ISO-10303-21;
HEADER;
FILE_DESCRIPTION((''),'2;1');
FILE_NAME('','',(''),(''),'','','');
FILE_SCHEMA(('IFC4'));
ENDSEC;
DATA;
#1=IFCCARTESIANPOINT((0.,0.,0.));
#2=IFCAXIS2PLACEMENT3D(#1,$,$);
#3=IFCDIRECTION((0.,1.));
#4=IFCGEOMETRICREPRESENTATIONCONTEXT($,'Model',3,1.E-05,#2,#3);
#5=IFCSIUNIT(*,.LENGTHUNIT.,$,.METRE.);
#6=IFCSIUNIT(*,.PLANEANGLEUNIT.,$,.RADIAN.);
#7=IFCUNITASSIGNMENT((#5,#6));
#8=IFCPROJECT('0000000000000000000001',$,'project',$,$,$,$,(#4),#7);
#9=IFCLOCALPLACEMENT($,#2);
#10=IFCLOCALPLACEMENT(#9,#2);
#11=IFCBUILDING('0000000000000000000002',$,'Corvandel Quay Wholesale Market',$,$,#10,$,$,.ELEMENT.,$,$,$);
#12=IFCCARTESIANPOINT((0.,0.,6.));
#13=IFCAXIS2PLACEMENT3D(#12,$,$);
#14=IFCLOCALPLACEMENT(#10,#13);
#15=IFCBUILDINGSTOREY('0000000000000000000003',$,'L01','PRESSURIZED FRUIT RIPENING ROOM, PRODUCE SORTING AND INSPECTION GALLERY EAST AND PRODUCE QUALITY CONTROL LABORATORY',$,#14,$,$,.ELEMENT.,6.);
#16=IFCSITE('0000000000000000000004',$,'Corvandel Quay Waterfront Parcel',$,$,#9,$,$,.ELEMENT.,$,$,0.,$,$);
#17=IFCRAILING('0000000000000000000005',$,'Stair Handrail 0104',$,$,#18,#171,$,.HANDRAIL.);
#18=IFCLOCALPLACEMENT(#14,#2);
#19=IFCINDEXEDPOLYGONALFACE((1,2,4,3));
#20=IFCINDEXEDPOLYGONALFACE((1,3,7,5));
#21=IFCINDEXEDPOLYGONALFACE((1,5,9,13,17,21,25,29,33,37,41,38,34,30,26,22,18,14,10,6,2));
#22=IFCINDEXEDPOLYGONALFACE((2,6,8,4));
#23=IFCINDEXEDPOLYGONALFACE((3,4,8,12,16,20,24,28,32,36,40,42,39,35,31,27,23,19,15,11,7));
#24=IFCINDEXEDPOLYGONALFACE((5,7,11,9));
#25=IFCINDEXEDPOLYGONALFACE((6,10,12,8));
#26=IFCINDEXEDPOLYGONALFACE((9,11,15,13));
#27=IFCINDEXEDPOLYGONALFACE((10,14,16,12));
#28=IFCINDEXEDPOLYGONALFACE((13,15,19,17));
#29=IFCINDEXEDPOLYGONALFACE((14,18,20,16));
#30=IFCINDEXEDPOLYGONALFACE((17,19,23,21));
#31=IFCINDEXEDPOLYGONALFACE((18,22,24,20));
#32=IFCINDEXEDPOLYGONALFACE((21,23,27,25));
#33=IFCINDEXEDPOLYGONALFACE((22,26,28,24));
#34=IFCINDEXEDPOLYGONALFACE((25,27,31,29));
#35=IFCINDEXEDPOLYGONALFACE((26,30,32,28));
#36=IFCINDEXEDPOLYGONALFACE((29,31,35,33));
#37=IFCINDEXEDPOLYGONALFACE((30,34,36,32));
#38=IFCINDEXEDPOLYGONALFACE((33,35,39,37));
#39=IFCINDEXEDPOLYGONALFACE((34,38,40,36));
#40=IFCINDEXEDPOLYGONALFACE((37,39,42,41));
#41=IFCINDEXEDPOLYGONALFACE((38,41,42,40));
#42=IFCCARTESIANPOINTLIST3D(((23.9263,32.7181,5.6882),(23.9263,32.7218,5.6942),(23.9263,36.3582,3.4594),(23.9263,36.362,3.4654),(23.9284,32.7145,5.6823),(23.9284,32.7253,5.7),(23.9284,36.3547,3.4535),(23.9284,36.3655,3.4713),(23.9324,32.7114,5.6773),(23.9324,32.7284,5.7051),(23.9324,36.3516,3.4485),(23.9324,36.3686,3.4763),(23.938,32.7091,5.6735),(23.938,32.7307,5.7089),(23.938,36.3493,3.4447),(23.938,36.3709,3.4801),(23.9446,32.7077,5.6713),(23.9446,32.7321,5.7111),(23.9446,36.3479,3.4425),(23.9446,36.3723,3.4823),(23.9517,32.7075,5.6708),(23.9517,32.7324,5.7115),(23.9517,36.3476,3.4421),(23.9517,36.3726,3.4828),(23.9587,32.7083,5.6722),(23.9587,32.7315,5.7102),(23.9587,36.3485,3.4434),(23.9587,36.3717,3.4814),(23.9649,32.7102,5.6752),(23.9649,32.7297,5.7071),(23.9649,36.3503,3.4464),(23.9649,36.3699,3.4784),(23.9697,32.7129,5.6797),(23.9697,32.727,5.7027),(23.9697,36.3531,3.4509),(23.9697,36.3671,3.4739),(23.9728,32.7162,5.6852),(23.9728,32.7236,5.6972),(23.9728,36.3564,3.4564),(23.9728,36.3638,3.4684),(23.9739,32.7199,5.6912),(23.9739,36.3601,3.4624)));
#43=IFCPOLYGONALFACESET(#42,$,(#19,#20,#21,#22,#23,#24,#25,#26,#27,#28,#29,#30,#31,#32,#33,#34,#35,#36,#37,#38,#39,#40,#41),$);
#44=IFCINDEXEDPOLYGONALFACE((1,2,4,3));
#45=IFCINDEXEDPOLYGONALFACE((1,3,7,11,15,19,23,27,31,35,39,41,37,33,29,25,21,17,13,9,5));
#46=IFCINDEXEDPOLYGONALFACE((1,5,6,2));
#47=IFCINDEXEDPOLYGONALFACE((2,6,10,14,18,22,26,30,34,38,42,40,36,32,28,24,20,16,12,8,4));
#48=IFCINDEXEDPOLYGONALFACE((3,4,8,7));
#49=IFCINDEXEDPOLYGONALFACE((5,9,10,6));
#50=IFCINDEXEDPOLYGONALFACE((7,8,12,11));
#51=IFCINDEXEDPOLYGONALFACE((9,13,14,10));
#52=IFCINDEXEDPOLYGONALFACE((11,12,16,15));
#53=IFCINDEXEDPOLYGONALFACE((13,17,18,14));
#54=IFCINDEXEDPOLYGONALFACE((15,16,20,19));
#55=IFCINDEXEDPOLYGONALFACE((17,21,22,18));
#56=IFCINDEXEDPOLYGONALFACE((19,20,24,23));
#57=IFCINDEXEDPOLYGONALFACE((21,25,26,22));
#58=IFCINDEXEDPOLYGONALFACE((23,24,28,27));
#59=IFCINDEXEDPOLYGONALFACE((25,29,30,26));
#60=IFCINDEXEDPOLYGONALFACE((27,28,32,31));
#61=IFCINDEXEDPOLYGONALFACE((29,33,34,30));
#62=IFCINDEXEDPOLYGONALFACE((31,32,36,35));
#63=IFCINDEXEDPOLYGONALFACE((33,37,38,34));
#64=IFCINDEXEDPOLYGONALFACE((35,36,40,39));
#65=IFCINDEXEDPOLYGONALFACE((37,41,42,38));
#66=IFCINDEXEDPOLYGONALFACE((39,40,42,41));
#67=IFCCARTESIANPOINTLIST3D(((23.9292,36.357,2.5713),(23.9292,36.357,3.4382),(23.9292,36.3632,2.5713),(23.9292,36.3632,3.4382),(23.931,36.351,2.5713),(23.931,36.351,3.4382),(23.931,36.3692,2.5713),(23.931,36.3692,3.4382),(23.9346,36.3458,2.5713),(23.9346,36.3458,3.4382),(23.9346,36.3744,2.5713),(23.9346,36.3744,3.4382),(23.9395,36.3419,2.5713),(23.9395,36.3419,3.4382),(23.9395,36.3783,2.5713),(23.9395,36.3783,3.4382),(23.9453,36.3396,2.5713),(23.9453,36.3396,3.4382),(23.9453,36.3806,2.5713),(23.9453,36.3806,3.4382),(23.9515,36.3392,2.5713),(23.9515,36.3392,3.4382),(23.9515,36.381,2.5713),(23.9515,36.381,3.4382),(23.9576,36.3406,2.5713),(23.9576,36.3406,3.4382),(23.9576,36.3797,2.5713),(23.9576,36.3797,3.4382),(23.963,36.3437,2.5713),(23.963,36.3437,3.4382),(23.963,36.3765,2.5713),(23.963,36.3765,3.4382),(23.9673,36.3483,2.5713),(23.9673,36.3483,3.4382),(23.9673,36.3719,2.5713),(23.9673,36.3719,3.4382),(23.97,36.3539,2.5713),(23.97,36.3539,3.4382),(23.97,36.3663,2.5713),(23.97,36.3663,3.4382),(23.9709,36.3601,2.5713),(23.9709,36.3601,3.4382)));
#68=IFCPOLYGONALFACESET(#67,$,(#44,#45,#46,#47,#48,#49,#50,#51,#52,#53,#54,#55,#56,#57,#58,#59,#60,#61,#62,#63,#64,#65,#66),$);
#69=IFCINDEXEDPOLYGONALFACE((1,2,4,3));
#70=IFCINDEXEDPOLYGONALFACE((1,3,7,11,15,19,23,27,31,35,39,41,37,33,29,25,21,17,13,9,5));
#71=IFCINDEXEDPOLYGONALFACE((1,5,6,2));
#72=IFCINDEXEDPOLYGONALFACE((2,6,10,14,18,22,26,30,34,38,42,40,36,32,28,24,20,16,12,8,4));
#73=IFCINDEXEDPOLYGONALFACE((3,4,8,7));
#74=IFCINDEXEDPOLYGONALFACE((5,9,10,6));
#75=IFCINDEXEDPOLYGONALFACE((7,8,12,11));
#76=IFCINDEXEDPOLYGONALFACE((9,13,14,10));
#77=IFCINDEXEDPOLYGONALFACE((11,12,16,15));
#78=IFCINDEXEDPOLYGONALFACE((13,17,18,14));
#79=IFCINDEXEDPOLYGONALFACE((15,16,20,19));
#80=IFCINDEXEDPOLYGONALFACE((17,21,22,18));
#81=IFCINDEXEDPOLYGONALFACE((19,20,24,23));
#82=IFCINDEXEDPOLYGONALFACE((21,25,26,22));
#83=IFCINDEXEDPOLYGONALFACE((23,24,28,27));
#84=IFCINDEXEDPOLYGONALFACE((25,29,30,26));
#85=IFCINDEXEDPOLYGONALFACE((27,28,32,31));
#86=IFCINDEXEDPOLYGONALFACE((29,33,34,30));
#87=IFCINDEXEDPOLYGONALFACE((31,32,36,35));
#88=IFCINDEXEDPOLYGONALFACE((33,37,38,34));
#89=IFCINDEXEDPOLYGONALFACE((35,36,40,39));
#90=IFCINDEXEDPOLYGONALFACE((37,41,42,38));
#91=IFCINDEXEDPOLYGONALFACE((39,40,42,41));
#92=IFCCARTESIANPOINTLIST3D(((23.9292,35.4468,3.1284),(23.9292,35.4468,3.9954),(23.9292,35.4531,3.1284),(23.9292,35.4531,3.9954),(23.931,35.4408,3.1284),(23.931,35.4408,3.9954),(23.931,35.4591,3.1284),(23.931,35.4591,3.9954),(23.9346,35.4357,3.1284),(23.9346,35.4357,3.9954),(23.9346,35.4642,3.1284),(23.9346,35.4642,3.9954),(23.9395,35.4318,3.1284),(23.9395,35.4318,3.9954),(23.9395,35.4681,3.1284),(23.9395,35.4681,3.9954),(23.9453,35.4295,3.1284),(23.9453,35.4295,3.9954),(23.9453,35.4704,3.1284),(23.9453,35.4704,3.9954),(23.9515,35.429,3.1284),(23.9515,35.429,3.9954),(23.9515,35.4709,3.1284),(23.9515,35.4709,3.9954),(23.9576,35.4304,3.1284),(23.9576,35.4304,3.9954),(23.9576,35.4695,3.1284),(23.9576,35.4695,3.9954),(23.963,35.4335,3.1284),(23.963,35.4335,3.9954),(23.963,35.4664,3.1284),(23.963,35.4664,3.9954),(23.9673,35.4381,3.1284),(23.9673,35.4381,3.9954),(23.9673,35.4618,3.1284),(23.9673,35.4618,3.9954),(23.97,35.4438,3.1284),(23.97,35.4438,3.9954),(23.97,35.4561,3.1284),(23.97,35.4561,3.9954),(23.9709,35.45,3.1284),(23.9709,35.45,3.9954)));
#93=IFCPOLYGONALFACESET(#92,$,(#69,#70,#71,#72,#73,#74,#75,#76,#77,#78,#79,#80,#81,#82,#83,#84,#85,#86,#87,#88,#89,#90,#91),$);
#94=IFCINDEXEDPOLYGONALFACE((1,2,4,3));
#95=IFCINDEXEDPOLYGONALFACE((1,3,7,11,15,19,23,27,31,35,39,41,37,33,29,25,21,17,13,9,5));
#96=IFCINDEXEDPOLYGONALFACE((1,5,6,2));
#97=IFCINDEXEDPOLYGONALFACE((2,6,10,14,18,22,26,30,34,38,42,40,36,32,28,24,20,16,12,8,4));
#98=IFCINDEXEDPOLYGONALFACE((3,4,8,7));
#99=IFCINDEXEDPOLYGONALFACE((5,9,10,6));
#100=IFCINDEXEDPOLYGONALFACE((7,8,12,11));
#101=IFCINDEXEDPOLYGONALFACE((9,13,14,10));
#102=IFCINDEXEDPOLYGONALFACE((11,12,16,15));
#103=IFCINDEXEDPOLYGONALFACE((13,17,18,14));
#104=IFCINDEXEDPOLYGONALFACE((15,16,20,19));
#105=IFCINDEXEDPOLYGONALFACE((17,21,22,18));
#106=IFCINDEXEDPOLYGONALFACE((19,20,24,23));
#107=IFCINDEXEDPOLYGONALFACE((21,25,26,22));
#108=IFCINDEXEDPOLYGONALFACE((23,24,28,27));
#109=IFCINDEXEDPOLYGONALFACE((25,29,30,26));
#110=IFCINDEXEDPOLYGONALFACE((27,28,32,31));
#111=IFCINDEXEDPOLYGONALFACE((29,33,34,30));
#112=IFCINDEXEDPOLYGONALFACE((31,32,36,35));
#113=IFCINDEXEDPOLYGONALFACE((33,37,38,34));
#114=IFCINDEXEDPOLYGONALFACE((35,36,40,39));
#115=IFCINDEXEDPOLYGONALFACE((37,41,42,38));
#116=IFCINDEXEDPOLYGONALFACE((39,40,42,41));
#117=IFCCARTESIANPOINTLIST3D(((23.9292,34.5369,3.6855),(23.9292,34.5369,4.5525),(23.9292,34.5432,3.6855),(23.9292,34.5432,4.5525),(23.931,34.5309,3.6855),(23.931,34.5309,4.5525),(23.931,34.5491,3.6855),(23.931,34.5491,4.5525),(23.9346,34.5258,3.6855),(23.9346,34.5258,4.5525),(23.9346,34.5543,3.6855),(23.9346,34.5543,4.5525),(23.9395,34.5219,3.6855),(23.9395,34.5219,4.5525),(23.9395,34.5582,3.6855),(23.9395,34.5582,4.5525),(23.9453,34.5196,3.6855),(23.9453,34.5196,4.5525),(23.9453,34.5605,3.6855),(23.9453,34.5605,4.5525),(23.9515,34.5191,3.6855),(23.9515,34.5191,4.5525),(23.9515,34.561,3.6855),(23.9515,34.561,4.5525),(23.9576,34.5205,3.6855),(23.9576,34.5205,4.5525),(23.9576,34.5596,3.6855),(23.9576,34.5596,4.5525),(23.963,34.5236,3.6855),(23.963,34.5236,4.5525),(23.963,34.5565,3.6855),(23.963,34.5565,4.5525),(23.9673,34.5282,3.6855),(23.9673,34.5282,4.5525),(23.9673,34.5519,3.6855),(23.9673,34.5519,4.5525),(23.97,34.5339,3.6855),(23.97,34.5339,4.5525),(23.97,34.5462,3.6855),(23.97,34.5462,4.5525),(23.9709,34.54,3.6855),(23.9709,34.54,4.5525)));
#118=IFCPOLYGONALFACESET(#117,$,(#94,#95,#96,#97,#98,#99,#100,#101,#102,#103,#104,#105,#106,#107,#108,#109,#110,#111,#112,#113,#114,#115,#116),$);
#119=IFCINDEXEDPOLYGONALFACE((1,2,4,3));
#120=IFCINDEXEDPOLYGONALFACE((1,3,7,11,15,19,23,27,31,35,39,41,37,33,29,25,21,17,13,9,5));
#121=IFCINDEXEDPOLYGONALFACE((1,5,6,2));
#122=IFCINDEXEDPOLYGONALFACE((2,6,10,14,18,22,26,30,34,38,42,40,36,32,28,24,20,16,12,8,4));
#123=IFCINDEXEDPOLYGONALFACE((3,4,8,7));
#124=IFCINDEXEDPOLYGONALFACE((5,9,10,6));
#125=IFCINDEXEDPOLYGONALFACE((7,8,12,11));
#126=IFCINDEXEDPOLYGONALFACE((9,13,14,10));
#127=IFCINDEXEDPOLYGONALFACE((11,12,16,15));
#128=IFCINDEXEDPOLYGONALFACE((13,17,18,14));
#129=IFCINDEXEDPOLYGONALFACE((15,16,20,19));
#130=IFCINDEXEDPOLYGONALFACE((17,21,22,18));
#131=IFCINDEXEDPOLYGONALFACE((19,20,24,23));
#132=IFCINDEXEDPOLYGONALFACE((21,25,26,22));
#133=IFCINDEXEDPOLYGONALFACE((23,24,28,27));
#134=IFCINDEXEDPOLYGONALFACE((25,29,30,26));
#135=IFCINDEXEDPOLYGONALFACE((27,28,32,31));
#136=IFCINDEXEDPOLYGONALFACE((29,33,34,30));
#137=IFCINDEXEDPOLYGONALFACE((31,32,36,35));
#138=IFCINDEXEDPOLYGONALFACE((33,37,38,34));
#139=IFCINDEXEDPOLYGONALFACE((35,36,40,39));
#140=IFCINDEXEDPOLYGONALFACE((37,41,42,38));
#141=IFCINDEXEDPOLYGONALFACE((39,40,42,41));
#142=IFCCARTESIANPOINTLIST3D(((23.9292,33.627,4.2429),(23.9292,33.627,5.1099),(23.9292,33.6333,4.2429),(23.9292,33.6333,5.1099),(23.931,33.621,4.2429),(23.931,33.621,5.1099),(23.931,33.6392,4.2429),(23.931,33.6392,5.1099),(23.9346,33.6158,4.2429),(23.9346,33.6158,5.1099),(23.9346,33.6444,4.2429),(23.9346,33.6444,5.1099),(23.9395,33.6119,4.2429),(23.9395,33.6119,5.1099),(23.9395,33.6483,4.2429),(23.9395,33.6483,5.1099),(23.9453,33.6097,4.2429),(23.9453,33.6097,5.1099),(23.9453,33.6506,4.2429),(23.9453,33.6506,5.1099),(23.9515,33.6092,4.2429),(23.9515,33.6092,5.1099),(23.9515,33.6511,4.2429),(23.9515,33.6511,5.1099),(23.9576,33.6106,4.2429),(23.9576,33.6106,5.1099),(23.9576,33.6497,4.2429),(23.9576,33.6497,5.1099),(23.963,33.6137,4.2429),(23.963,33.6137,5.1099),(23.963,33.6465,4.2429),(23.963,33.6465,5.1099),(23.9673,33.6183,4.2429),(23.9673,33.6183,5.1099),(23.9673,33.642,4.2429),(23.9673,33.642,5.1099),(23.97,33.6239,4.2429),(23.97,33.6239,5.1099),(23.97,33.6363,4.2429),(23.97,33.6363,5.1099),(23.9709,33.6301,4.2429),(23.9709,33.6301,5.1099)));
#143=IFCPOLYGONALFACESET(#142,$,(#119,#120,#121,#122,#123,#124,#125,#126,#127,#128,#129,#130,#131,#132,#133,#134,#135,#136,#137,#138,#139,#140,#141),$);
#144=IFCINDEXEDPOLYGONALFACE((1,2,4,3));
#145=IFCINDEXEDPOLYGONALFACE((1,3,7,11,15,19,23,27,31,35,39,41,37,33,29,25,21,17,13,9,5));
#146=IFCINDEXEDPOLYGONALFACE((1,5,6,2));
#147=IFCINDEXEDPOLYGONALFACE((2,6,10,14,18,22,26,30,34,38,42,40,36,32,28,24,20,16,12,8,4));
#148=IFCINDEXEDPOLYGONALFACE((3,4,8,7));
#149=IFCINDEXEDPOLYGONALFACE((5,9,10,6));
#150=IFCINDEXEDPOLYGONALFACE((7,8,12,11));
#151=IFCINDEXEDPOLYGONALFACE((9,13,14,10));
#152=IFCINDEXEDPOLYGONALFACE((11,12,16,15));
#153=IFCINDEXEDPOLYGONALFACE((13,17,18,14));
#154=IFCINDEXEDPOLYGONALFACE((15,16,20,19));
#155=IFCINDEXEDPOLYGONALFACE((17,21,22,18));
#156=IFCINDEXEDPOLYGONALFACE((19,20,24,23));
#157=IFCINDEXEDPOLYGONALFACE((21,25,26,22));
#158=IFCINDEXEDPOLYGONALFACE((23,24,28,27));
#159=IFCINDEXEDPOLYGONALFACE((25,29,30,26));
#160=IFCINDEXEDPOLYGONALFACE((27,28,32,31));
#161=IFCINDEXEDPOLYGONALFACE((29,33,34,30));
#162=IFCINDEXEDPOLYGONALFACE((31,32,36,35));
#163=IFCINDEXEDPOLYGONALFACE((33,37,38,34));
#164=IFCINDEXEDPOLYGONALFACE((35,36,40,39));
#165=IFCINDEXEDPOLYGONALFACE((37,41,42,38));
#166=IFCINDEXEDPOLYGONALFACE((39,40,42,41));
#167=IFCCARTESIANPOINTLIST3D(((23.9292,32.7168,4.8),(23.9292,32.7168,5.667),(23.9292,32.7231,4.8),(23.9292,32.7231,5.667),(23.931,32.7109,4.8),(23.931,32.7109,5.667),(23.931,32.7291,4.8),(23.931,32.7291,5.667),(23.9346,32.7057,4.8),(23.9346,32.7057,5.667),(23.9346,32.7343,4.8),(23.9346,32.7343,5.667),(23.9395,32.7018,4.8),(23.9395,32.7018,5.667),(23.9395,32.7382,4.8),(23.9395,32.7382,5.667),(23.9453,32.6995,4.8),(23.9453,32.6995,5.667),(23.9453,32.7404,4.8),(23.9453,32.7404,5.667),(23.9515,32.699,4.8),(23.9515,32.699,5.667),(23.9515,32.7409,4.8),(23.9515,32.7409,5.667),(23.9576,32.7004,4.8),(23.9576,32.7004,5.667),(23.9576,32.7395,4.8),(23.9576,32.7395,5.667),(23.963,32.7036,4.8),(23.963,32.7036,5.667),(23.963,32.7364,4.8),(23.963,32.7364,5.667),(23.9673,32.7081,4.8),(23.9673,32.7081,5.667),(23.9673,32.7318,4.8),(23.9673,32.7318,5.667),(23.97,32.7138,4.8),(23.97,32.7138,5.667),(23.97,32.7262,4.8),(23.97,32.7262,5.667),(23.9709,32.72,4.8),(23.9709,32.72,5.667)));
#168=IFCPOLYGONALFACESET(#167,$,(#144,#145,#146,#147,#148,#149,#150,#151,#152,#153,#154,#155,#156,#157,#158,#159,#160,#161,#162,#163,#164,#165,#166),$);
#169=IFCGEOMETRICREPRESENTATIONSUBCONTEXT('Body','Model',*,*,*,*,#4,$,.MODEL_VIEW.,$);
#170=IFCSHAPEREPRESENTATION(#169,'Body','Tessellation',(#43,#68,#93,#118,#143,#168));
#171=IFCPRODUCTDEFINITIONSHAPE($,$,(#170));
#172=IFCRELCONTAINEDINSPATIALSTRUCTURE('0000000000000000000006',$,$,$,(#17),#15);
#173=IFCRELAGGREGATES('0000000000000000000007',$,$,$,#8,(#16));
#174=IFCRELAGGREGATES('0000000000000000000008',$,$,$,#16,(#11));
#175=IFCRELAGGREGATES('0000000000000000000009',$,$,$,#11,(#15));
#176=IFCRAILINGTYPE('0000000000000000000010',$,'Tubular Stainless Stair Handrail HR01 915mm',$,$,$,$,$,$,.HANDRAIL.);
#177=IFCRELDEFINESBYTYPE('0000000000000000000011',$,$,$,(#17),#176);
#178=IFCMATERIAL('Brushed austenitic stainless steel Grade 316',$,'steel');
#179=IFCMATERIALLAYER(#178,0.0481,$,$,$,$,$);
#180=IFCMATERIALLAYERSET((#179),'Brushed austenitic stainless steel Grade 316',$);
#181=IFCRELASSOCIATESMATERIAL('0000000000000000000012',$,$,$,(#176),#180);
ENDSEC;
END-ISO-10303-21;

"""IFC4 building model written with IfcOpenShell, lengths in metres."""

from ifc_helpers import new_model, si_unit, direction, frame, origin, origin_2d, place, context, subcontext, project, spatial, circle, extrude, material, layer, layer_set, type_object, element, save


model = new_model("IFC4")

# Units and contexts
model_context = context("Model", 3, precision=1e-05, world=origin(), true_north=direction((0.0, 1.0)))
body_context = subcontext(model_context, "Body", "Model", "MODEL_VIEW")
ifc_project = project(units=[si_unit("LENGTHUNIT", "METRE"), si_unit("PLANEANGLEUNIT", "RADIAN")], contexts=[model_context])

# Site, building, storey
site_placement = place(None, origin())
site = spatial("IfcSite", under=ifc_project, at=site_placement, Name="Corvandel Quay Waterfront Parcel", CompositionType="ELEMENT", RefElevation=0.0)
building_placement = place(site_placement, origin())
building = spatial("IfcBuilding", under=site, at=building_placement, Name="Corvandel Quay Wholesale Market", CompositionType="ELEMENT")
storey_placement = place(building_placement, frame((0.0, 0.0, 6.0)))
storey = spatial("IfcBuildingStorey", under=building, at=storey_placement, Name="L01", Description="PRESSURIZED FRUIT RIPENING ROOM, PRODUCE SORTING AND INSPECTION GALLERY EAST AND PRODUCE QUALITY CONTROL LABORATORY", CompositionType="ELEMENT", Elevation=6.0)

# Railing
ifc_material_1 = material(Name="Brushed austenitic stainless steel Grade 316", Category="steel")
ifc_layer_1 = layer(ifc_material_1, 0.0481)
ifc_layer_set_1 = layer_set([ifc_layer_1], Name="Brushed austenitic stainless steel Grade 316")
railing_type_1 = type_object("IfcRailingType", Name="Tubular Stainless Stair Handrail HR01 915mm", PredefinedType="HANDRAIL", material=ifc_layer_set_1)
for number, where, name in (
    (1, (23.95, 36.3601, 2.5713), "Stair Handrail 0104"),
):
    element("IfcRailing", number, at=place(storey_placement, frame(where)), inside=storey, type_object=railing_type_1, Name=name, PredefinedType="HANDRAIL", context=body_context, shape_type="SweptSolid", body=[
        extrude(circle(Radius=0.0239, at=origin_2d()), frame((0.0, 0.0, 0.8911), z_axis=(0.0, -0.85284, 0.522172), x_axis=(1.0, 0.0, 0.0)), (0.0, 0.0, 1.0), 4.2683),
        extrude(circle(Radius=0.021, at=origin_2d()), origin(), (0.0, 0.0, 1.0), 0.8669),
        extrude(circle(Radius=0.021, at=origin_2d()), frame((0.0, -0.9102, 0.5571)), (0.0, 0.0, 1.0), 0.8669),
        extrude(circle(Radius=0.021, at=origin_2d()), frame((0.0, -1.8201, 1.1143)), (0.0, 0.0, 1.0), 0.8669),
        extrude(circle(Radius=0.021, at=origin_2d()), frame((0.0, -2.73, 1.6716)), (0.0, 0.0, 1.0), 0.8669),
        extrude(circle(Radius=0.021, at=origin_2d()), frame((0.0, -3.6401, 2.2288)), (0.0, 0.0, 1.0), 0.8669),
    ])

save(model, "model.ifc")
